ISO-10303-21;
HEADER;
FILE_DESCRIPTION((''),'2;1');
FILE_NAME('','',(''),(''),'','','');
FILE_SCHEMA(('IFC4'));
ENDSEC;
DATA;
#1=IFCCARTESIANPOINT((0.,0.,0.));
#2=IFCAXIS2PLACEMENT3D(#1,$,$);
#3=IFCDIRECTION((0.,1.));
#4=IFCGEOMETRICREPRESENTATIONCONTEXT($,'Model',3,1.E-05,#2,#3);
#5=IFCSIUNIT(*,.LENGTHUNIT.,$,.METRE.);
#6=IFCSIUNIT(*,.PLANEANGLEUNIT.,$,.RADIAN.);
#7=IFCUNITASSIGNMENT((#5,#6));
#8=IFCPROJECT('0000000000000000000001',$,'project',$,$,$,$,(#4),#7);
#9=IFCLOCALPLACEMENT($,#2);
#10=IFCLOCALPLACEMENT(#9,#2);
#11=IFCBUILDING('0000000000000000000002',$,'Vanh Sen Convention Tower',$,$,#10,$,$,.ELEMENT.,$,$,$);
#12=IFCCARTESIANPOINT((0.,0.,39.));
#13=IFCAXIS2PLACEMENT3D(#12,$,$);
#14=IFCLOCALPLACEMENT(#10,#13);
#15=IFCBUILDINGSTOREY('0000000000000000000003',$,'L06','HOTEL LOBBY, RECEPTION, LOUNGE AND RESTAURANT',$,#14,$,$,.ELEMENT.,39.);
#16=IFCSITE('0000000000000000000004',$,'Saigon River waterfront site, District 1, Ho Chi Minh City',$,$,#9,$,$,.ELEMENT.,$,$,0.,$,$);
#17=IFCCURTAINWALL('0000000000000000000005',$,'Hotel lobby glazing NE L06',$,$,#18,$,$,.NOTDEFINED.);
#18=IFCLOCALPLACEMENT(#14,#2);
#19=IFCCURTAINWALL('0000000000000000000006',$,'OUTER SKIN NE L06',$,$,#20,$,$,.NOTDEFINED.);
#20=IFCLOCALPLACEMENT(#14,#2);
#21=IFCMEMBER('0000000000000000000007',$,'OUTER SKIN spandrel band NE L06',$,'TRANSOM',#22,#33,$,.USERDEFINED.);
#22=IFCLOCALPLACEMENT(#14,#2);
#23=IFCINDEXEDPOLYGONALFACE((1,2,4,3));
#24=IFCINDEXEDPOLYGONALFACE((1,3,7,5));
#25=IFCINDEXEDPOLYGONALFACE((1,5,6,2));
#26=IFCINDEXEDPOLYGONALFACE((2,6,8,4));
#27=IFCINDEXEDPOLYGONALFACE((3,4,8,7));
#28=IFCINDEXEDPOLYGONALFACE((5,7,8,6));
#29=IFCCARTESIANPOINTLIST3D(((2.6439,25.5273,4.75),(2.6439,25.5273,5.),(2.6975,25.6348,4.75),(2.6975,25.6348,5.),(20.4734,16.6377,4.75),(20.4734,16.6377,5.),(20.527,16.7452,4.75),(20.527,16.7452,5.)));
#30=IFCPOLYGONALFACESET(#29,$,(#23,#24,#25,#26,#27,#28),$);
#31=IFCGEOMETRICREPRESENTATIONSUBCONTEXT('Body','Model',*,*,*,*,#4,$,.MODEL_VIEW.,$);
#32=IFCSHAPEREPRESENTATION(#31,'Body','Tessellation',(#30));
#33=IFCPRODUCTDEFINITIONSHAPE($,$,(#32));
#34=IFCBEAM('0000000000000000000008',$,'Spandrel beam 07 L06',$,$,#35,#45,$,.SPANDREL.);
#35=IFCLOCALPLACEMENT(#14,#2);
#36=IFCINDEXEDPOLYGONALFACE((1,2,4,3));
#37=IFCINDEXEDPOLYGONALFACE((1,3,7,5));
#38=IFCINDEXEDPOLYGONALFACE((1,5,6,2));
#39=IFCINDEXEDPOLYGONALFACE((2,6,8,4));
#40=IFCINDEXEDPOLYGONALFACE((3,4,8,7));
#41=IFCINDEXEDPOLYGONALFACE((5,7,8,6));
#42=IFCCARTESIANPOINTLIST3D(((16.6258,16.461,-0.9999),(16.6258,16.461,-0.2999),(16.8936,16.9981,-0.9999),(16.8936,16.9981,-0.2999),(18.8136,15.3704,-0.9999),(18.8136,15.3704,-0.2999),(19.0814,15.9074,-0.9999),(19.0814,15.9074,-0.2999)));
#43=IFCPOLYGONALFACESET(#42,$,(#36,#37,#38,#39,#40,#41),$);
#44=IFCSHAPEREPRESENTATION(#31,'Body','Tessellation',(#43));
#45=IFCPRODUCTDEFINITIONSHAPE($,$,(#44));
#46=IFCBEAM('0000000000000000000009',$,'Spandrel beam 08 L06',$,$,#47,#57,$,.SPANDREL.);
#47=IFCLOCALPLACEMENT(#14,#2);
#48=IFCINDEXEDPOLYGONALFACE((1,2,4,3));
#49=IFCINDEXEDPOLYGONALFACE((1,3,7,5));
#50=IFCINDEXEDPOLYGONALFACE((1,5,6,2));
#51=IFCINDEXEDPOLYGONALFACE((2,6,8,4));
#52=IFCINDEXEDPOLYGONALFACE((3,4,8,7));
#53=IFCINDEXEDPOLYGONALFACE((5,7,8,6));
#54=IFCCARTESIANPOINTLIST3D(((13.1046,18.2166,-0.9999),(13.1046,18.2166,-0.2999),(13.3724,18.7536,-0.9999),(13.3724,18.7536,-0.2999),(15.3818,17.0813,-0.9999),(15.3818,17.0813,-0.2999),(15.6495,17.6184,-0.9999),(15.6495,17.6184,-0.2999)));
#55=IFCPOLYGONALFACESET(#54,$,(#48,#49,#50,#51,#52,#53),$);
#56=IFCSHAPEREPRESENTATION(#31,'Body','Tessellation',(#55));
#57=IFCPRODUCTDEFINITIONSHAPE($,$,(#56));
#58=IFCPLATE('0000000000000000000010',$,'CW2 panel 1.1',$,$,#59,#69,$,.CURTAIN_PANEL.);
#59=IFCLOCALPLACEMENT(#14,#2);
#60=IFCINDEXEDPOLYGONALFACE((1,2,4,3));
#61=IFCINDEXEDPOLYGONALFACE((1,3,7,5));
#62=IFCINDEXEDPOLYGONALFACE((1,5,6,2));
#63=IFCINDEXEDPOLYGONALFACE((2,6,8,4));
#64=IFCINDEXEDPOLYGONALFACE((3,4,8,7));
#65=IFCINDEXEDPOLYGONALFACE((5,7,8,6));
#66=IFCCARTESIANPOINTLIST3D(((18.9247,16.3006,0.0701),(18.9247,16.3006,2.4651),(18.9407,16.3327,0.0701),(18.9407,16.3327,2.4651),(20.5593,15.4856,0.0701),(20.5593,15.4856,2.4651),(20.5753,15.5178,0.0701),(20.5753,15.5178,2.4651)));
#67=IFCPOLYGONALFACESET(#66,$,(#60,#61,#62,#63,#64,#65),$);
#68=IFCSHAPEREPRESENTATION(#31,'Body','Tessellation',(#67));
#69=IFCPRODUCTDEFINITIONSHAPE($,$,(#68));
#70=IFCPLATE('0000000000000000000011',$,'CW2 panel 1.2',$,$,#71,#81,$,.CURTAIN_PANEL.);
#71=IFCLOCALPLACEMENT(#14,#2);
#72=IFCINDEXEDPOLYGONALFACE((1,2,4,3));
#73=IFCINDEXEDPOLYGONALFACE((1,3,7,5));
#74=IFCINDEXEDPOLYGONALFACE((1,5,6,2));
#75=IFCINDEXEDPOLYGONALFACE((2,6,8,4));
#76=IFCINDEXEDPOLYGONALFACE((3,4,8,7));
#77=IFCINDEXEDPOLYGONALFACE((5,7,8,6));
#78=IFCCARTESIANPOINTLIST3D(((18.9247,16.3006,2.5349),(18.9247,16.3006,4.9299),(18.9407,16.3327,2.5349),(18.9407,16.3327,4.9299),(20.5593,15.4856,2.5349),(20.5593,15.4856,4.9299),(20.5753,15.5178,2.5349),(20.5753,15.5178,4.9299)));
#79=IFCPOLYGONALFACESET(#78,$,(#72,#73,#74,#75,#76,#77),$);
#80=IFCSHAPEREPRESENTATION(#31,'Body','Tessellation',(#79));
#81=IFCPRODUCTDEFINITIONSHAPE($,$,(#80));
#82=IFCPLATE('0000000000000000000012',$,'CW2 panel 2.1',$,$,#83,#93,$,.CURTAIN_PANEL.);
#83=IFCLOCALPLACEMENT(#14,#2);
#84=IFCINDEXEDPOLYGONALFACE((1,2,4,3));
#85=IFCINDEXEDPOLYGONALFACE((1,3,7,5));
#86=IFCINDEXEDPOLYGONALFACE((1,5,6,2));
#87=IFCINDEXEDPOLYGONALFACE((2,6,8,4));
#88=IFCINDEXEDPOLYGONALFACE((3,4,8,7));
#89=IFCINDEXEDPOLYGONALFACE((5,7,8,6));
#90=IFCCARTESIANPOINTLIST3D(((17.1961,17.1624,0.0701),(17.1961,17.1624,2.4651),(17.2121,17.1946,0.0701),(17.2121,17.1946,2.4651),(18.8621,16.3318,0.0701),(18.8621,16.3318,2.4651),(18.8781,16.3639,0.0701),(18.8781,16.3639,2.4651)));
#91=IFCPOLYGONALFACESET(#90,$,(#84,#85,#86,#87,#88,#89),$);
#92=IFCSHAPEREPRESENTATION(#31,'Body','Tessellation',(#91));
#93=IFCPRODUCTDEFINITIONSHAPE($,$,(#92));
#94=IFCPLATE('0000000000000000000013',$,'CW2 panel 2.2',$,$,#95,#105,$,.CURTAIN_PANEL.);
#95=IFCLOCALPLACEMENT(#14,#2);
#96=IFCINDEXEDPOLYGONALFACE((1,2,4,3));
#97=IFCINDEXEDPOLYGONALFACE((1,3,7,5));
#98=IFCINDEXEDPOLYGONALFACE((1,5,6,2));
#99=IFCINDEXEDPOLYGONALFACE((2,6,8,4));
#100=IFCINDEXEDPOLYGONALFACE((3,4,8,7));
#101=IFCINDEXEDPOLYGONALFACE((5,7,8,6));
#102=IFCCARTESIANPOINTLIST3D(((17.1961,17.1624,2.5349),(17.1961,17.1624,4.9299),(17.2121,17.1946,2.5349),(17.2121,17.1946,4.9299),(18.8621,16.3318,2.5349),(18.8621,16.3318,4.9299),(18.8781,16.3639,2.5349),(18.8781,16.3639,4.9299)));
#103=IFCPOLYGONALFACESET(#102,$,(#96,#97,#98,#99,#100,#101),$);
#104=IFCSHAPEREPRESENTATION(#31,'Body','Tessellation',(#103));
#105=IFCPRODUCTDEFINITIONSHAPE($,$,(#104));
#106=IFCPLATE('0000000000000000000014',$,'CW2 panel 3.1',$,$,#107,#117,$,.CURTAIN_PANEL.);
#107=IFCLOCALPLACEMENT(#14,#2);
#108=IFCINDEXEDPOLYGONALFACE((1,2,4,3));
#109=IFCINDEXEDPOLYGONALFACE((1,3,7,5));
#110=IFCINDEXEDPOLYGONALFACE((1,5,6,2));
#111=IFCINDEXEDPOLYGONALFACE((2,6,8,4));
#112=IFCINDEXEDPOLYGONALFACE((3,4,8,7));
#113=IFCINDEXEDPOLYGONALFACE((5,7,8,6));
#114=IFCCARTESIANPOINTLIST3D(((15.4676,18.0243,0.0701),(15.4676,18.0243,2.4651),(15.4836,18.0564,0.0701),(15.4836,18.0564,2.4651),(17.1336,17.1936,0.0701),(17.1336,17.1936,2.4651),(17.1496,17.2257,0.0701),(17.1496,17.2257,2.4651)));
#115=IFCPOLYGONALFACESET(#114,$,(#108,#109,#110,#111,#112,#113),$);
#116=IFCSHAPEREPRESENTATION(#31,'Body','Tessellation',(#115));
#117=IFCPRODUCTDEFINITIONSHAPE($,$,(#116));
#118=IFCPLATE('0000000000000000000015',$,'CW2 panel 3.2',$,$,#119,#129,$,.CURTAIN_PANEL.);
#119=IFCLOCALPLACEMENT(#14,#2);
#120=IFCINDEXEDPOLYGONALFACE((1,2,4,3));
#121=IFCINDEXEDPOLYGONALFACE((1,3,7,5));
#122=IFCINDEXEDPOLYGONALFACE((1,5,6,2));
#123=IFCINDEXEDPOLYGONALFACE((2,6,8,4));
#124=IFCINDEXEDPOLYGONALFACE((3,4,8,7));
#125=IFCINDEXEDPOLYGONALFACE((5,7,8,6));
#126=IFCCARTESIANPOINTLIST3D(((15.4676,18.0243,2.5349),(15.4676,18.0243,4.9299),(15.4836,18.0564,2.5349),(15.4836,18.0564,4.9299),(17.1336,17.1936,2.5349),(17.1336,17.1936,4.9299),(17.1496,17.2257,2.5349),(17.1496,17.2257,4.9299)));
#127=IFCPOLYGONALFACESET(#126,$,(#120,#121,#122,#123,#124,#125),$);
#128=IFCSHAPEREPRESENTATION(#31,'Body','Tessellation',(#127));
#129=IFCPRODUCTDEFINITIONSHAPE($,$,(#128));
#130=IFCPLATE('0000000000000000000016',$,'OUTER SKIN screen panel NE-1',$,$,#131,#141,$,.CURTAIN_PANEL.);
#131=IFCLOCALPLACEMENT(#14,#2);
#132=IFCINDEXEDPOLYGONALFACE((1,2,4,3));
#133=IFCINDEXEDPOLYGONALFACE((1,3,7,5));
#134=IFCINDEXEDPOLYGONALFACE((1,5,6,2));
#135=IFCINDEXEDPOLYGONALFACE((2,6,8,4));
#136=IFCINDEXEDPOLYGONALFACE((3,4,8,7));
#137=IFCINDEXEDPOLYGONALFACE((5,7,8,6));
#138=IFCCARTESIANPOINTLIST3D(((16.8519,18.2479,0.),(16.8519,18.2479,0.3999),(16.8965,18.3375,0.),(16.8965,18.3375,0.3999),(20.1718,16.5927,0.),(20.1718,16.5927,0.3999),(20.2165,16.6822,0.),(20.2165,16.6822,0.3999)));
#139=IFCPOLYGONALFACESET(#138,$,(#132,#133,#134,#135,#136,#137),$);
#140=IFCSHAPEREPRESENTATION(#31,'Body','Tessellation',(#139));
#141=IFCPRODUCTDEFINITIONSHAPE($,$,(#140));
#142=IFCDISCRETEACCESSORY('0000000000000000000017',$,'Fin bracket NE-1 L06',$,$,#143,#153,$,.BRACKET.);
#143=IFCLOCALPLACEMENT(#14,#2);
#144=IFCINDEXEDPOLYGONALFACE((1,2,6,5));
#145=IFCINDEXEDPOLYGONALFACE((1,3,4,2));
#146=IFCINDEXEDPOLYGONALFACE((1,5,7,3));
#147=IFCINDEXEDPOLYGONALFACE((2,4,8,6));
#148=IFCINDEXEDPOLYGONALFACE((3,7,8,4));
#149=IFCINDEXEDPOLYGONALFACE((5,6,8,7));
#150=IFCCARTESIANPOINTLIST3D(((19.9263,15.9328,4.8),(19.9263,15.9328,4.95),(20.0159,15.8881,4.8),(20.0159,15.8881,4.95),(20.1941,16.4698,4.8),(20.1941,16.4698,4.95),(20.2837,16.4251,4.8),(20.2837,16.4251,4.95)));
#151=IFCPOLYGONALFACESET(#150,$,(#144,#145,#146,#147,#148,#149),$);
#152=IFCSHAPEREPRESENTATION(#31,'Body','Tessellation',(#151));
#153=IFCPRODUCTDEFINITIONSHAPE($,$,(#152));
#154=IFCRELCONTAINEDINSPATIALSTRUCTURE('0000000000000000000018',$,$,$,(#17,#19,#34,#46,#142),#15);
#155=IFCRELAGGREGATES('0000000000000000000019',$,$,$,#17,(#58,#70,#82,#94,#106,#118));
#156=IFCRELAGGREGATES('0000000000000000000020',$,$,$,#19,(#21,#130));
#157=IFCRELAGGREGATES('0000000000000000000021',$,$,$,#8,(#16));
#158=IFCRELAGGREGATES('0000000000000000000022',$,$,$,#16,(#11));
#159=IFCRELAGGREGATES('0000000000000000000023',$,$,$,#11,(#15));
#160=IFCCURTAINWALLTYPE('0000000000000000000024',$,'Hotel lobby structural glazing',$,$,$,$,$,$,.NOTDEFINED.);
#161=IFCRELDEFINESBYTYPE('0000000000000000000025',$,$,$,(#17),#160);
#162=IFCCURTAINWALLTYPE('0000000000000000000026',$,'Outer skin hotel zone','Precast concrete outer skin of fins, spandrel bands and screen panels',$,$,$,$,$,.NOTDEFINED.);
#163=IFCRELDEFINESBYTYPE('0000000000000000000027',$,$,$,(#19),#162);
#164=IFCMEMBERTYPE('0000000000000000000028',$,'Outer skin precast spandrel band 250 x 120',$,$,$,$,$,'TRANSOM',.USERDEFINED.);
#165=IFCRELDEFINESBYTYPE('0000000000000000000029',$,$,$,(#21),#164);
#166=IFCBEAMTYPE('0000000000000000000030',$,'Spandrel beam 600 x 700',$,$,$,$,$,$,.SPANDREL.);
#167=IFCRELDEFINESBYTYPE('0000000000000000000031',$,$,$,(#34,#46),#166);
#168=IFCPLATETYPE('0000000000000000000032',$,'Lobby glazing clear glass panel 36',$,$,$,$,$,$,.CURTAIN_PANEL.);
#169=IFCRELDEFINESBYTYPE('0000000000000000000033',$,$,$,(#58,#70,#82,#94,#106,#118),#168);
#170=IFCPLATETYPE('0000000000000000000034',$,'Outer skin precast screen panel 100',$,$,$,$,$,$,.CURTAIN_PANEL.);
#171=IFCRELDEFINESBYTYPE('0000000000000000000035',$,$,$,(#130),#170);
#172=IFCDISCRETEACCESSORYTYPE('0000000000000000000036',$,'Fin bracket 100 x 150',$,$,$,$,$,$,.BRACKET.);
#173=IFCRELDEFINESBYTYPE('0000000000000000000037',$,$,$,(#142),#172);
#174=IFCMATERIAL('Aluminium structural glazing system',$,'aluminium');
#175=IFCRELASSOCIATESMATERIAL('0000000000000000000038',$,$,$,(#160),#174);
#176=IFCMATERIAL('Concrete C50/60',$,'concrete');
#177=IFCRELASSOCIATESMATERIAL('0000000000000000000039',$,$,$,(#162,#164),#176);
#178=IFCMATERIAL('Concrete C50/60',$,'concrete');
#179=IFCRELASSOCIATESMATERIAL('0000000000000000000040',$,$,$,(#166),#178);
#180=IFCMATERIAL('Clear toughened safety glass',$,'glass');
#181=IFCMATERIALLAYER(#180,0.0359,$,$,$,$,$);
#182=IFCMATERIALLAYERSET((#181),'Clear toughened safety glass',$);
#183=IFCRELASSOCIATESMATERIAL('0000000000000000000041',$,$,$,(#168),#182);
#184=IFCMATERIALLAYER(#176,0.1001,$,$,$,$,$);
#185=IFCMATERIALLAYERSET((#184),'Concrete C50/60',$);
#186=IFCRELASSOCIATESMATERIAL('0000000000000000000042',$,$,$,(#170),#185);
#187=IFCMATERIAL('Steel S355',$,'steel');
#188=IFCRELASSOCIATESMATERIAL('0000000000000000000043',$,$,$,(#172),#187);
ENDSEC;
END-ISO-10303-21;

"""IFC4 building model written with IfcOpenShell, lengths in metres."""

from ifc_helpers import new_model, si_unit, direction, frame, origin, origin_2d, place, context, subcontext, project, spatial, rectangle, extrude, material, layer, layer_set, material_profile, profile_set, type_object, element, aggregate, save


model = new_model("IFC4")

# Units and contexts
model_context = context("Model", 3, precision=1e-05, world=origin(), true_north=direction((0.0, 1.0)))
body_context = subcontext(model_context, "Body", "Model", "MODEL_VIEW")
ifc_project = project(units=[si_unit("LENGTHUNIT", "METRE"), si_unit("PLANEANGLEUNIT", "RADIAN")], contexts=[model_context])

# Site, building, storey
site_placement = place(None, origin())
site = spatial("IfcSite", under=ifc_project, at=site_placement, Name="Saigon River waterfront site, District 1, Ho Chi Minh City", CompositionType="ELEMENT", RefElevation=0.0)
building_placement = place(site_placement, origin())
building = spatial("IfcBuilding", under=site, at=building_placement, Name="Vanh Sen Convention Tower", CompositionType="ELEMENT")
storey_placement = place(building_placement, frame((0.0, 0.0, 39.0)))
storey = spatial("IfcBuildingStorey", under=building, at=storey_placement, Name="L06", Description="HOTEL LOBBY, RECEPTION, LOUNGE AND RESTAURANT", CompositionType="ELEMENT", Elevation=39.0)

# Curtain walls, member
ifc_material_1 = material(Name="Aluminium structural glazing system", Category="aluminium")
curtain_wall_type_1 = type_object("IfcCurtainWallType", Name="Hotel lobby structural glazing", PredefinedType="NOTDEFINED", material=ifc_material_1)
curtain_wall_1_placement = place(storey_placement, origin())
curtain_wall_1 = element("IfcCurtainWall", 1, at=curtain_wall_1_placement, inside=storey, type_object=curtain_wall_type_1, Name="Hotel lobby glazing NE L06", PredefinedType="NOTDEFINED")
ifc_material_2 = material(Name="Concrete C50/60", Category="concrete")
curtain_wall_type_2 = type_object("IfcCurtainWallType", Name="Outer skin hotel zone", Description="Precast concrete outer skin of fins, spandrel bands and screen panels", PredefinedType="NOTDEFINED", material=ifc_material_2)
curtain_wall_2_placement = place(storey_placement, origin())
curtain_wall_2 = element("IfcCurtainWall", 2, at=curtain_wall_2_placement, inside=storey, type_object=curtain_wall_type_2, Name="OUTER SKIN NE L06", PredefinedType="NOTDEFINED")
ifc_material_profile_1 = material_profile(ifc_material_2, rectangle(XDim=0.1201, YDim=0.25, at=origin_2d()), Name="Outer skin precast spandrel band 250 x 120")
ifc_profile_set_1 = profile_set([ifc_material_profile_1], Name="Concrete C50/60")
member_type_1 = type_object("IfcMemberType", Name="Outer skin precast spandrel band 250 x 120", ElementType="TRANSOM", PredefinedType="USERDEFINED", material=ifc_profile_set_1)
member_1_placement = place(storey_placement, frame((20.5002, 16.6914, 4.875), z_axis=(-0.894931, 0.446204, 0.0), x_axis=(-0.446204, -0.894931, 0.0)))
member_1 = element("IfcMember", 3, at=member_1_placement, type_object=member_type_1, Name="OUTER SKIN spandrel band NE L06", ObjectType="TRANSOM", PredefinedType="USERDEFINED", context=body_context, shape_type="SweptSolid", body=[
    extrude(rectangle(XDim=0.1201, YDim=0.25, at=origin_2d()), origin(), (0.0, 0.0, 1.0), 19.9229),
])

# Beams
ifc_material_3 = material(Name="Concrete C50/60", Category="concrete")
ifc_material_profile_2 = material_profile(ifc_material_3, rectangle(XDim=0.6001, YDim=0.7, at=origin_2d()), Name="RC 600X700")
ifc_profile_set_2 = profile_set([ifc_material_profile_2], Name="Concrete C50/60")
beam_type = type_object("IfcBeamType", Name="Spandrel beam 600 x 700", PredefinedType="SPANDREL", material=ifc_profile_set_2)
beam_1_placement = place(storey_placement, frame((18.9475, 15.6389, -0.6499), z_axis=(-0.894966, 0.446135, 0.0), x_axis=(-0.446135, -0.894966, 0.0)))
element("IfcBeam", 4, at=beam_1_placement, inside=storey, type_object=beam_type, Name="Spandrel beam 07 L06", PredefinedType="SPANDREL", context=body_context, shape_type="SweptSolid", body=[
    extrude(rectangle(XDim=0.6001, YDim=0.7, at=origin_2d()), origin(), (0.0, 0.0, 1.0), 2.4446),
])
beam_2_placement = place(storey_placement, frame((15.5156, 17.3499, -0.6499), z_axis=(-0.894945, 0.446177, 0.0), x_axis=(-0.446177, -0.894945, 0.0)))
element("IfcBeam", 5, at=beam_2_placement, inside=storey, type_object=beam_type, Name="Spandrel beam 08 L06", PredefinedType="SPANDREL", context=body_context, shape_type="SweptSolid", body=[
    extrude(rectangle(XDim=0.6001, YDim=0.7, at=origin_2d()), origin(), (0.0, 0.0, 1.0), 2.5444),
])

# Plates
ifc_material_4 = material(Name="Clear toughened safety glass", Category="glass")
ifc_layer_1 = layer(ifc_material_4, 0.0359)
ifc_layer_set_1 = layer_set([ifc_layer_1], Name="Clear toughened safety glass")
plate_type_1 = type_object("IfcPlateType", Name="Lobby glazing clear glass panel 36", PredefinedType="CURTAIN_PANEL", material=ifc_layer_set_1)
plate_1_placement = place(storey_placement, frame((19.75, 15.9092, 0.0701), z_axis=(0.0, 0.0, 1.0), x_axis=(-0.894934, 0.446199, 0.0)))
plate_1 = element("IfcPlate", 6, at=plate_1_placement, type_object=plate_type_1, Name="CW2 panel 1.1", PredefinedType="CURTAIN_PANEL", context=body_context, shape_type="SweptSolid", body=[
    extrude(rectangle(XDim=1.8264, YDim=0.0359, at=origin_2d()), origin(), (0.0, 0.0, 1.0), 2.395),
])
plate_2_placement = place(storey_placement, frame((19.75, 15.9092, 2.5349), z_axis=(0.0, 0.0, 1.0), x_axis=(-0.894934, 0.446199, 0.0)))
plate_2 = element("IfcPlate", 7, at=plate_2_placement, type_object=plate_type_1, Name="CW2 panel 1.2", PredefinedType="CURTAIN_PANEL", context=body_context, shape_type="SweptSolid", body=[
    extrude(rectangle(XDim=1.8264, YDim=0.0359, at=origin_2d()), origin(), (0.0, 0.0, 1.0), 2.395),
])
plate_3_placement = place(storey_placement, frame((18.0371, 16.7632, 0.0701), z_axis=(0.0, 0.0, 1.0), x_axis=(-0.894934, 0.446199, 0.0)))
plate_3 = element("IfcPlate", 8, at=plate_3_placement, type_object=plate_type_1, Name="CW2 panel 2.1", PredefinedType="CURTAIN_PANEL", context=body_context, shape_type="SweptSolid", body=[
    extrude(rectangle(XDim=1.8616, YDim=0.0359, at=origin_2d()), origin(), (0.0, 0.0, 1.0), 2.395),
])
plate_4_placement = place(storey_placement, frame((18.0371, 16.7632, 2.5349), z_axis=(0.0, 0.0, 1.0), x_axis=(-0.894934, 0.446199, 0.0)))
plate_4 = element("IfcPlate", 9, at=plate_4_placement, type_object=plate_type_1, Name="CW2 panel 2.2", PredefinedType="CURTAIN_PANEL", context=body_context, shape_type="SweptSolid", body=[
    extrude(rectangle(XDim=1.8616, YDim=0.0359, at=origin_2d()), origin(), (0.0, 0.0, 1.0), 2.395),
])
plate_5_placement = place(storey_placement, frame((16.3086, 17.625, 0.0701), z_axis=(0.0, 0.0, 1.0), x_axis=(-0.894934, 0.446199, 0.0)))
plate_5 = element("IfcPlate", 10, at=plate_5_placement, type_object=plate_type_1, Name="CW2 panel 3.1", PredefinedType="CURTAIN_PANEL", context=body_context, shape_type="SweptSolid", body=[
    extrude(rectangle(XDim=1.8616, YDim=0.0359, at=origin_2d()), origin(), (0.0, 0.0, 1.0), 2.395),
])
plate_6_placement = place(storey_placement, frame((16.3086, 17.625, 2.5349), z_axis=(0.0, 0.0, 1.0), x_axis=(-0.894934, 0.446199, 0.0)))
plate_6 = element("IfcPlate", 11, at=plate_6_placement, type_object=plate_type_1, Name="CW2 panel 3.2", PredefinedType="CURTAIN_PANEL", context=body_context, shape_type="SweptSolid", body=[
    extrude(rectangle(XDim=1.8616, YDim=0.0359, at=origin_2d()), origin(), (0.0, 0.0, 1.0), 2.395),
])
aggregate(curtain_wall_1, [plate_1, plate_2, plate_3, plate_4, plate_5, plate_6])
ifc_layer_2 = layer(ifc_material_2, 0.1001)
ifc_layer_set_2 = layer_set([ifc_layer_2], Name="Concrete C50/60")
plate_type_2 = type_object("IfcPlateType", Name="Outer skin precast screen panel 100", PredefinedType="CURTAIN_PANEL", material=ifc_layer_set_2)
plate_7_placement = place(storey_placement, frame((18.5342, 17.4651, 0.0), z_axis=(0.0, 0.0, 1.0), x_axis=(-0.894935, 0.446196, 0.0)))
plate_7 = element("IfcPlate", 12, at=plate_7_placement, type_object=plate_type_2, Name="OUTER SKIN screen panel NE-1", PredefinedType="CURTAIN_PANEL", context=body_context, shape_type="SweptSolid", body=[
    extrude(rectangle(XDim=3.7097, YDim=0.1001, at=origin_2d()), origin(), (0.0, 0.0, 1.0), 0.3999),
])
aggregate(curtain_wall_2, [member_1, plate_7])

# Discrete accessory
ifc_material_5 = material(Name="Steel S355", Category="steel")
discrete_accessory_type = type_object("IfcDiscreteAccessoryType", Name="Fin bracket 100 x 150", PredefinedType="BRACKET", material=ifc_material_5)
discrete_accessory_placement = place(storey_placement, frame((20.105, 16.179, 4.8), z_axis=(0.0, 0.0, 1.0), x_axis=(0.446198, 0.894934, 0.0)))
element("IfcDiscreteAccessory", 13, at=discrete_accessory_placement, inside=storey, type_object=discrete_accessory_type, Name="Fin bracket NE-1 L06", PredefinedType="BRACKET", context=body_context, shape_type="SweptSolid", body=[
    extrude(rectangle(XDim=0.6001, YDim=0.1001, at=origin_2d()), origin(), (0.0, 0.0, 1.0), 0.1499),
])

save(model, "model.ifc")
